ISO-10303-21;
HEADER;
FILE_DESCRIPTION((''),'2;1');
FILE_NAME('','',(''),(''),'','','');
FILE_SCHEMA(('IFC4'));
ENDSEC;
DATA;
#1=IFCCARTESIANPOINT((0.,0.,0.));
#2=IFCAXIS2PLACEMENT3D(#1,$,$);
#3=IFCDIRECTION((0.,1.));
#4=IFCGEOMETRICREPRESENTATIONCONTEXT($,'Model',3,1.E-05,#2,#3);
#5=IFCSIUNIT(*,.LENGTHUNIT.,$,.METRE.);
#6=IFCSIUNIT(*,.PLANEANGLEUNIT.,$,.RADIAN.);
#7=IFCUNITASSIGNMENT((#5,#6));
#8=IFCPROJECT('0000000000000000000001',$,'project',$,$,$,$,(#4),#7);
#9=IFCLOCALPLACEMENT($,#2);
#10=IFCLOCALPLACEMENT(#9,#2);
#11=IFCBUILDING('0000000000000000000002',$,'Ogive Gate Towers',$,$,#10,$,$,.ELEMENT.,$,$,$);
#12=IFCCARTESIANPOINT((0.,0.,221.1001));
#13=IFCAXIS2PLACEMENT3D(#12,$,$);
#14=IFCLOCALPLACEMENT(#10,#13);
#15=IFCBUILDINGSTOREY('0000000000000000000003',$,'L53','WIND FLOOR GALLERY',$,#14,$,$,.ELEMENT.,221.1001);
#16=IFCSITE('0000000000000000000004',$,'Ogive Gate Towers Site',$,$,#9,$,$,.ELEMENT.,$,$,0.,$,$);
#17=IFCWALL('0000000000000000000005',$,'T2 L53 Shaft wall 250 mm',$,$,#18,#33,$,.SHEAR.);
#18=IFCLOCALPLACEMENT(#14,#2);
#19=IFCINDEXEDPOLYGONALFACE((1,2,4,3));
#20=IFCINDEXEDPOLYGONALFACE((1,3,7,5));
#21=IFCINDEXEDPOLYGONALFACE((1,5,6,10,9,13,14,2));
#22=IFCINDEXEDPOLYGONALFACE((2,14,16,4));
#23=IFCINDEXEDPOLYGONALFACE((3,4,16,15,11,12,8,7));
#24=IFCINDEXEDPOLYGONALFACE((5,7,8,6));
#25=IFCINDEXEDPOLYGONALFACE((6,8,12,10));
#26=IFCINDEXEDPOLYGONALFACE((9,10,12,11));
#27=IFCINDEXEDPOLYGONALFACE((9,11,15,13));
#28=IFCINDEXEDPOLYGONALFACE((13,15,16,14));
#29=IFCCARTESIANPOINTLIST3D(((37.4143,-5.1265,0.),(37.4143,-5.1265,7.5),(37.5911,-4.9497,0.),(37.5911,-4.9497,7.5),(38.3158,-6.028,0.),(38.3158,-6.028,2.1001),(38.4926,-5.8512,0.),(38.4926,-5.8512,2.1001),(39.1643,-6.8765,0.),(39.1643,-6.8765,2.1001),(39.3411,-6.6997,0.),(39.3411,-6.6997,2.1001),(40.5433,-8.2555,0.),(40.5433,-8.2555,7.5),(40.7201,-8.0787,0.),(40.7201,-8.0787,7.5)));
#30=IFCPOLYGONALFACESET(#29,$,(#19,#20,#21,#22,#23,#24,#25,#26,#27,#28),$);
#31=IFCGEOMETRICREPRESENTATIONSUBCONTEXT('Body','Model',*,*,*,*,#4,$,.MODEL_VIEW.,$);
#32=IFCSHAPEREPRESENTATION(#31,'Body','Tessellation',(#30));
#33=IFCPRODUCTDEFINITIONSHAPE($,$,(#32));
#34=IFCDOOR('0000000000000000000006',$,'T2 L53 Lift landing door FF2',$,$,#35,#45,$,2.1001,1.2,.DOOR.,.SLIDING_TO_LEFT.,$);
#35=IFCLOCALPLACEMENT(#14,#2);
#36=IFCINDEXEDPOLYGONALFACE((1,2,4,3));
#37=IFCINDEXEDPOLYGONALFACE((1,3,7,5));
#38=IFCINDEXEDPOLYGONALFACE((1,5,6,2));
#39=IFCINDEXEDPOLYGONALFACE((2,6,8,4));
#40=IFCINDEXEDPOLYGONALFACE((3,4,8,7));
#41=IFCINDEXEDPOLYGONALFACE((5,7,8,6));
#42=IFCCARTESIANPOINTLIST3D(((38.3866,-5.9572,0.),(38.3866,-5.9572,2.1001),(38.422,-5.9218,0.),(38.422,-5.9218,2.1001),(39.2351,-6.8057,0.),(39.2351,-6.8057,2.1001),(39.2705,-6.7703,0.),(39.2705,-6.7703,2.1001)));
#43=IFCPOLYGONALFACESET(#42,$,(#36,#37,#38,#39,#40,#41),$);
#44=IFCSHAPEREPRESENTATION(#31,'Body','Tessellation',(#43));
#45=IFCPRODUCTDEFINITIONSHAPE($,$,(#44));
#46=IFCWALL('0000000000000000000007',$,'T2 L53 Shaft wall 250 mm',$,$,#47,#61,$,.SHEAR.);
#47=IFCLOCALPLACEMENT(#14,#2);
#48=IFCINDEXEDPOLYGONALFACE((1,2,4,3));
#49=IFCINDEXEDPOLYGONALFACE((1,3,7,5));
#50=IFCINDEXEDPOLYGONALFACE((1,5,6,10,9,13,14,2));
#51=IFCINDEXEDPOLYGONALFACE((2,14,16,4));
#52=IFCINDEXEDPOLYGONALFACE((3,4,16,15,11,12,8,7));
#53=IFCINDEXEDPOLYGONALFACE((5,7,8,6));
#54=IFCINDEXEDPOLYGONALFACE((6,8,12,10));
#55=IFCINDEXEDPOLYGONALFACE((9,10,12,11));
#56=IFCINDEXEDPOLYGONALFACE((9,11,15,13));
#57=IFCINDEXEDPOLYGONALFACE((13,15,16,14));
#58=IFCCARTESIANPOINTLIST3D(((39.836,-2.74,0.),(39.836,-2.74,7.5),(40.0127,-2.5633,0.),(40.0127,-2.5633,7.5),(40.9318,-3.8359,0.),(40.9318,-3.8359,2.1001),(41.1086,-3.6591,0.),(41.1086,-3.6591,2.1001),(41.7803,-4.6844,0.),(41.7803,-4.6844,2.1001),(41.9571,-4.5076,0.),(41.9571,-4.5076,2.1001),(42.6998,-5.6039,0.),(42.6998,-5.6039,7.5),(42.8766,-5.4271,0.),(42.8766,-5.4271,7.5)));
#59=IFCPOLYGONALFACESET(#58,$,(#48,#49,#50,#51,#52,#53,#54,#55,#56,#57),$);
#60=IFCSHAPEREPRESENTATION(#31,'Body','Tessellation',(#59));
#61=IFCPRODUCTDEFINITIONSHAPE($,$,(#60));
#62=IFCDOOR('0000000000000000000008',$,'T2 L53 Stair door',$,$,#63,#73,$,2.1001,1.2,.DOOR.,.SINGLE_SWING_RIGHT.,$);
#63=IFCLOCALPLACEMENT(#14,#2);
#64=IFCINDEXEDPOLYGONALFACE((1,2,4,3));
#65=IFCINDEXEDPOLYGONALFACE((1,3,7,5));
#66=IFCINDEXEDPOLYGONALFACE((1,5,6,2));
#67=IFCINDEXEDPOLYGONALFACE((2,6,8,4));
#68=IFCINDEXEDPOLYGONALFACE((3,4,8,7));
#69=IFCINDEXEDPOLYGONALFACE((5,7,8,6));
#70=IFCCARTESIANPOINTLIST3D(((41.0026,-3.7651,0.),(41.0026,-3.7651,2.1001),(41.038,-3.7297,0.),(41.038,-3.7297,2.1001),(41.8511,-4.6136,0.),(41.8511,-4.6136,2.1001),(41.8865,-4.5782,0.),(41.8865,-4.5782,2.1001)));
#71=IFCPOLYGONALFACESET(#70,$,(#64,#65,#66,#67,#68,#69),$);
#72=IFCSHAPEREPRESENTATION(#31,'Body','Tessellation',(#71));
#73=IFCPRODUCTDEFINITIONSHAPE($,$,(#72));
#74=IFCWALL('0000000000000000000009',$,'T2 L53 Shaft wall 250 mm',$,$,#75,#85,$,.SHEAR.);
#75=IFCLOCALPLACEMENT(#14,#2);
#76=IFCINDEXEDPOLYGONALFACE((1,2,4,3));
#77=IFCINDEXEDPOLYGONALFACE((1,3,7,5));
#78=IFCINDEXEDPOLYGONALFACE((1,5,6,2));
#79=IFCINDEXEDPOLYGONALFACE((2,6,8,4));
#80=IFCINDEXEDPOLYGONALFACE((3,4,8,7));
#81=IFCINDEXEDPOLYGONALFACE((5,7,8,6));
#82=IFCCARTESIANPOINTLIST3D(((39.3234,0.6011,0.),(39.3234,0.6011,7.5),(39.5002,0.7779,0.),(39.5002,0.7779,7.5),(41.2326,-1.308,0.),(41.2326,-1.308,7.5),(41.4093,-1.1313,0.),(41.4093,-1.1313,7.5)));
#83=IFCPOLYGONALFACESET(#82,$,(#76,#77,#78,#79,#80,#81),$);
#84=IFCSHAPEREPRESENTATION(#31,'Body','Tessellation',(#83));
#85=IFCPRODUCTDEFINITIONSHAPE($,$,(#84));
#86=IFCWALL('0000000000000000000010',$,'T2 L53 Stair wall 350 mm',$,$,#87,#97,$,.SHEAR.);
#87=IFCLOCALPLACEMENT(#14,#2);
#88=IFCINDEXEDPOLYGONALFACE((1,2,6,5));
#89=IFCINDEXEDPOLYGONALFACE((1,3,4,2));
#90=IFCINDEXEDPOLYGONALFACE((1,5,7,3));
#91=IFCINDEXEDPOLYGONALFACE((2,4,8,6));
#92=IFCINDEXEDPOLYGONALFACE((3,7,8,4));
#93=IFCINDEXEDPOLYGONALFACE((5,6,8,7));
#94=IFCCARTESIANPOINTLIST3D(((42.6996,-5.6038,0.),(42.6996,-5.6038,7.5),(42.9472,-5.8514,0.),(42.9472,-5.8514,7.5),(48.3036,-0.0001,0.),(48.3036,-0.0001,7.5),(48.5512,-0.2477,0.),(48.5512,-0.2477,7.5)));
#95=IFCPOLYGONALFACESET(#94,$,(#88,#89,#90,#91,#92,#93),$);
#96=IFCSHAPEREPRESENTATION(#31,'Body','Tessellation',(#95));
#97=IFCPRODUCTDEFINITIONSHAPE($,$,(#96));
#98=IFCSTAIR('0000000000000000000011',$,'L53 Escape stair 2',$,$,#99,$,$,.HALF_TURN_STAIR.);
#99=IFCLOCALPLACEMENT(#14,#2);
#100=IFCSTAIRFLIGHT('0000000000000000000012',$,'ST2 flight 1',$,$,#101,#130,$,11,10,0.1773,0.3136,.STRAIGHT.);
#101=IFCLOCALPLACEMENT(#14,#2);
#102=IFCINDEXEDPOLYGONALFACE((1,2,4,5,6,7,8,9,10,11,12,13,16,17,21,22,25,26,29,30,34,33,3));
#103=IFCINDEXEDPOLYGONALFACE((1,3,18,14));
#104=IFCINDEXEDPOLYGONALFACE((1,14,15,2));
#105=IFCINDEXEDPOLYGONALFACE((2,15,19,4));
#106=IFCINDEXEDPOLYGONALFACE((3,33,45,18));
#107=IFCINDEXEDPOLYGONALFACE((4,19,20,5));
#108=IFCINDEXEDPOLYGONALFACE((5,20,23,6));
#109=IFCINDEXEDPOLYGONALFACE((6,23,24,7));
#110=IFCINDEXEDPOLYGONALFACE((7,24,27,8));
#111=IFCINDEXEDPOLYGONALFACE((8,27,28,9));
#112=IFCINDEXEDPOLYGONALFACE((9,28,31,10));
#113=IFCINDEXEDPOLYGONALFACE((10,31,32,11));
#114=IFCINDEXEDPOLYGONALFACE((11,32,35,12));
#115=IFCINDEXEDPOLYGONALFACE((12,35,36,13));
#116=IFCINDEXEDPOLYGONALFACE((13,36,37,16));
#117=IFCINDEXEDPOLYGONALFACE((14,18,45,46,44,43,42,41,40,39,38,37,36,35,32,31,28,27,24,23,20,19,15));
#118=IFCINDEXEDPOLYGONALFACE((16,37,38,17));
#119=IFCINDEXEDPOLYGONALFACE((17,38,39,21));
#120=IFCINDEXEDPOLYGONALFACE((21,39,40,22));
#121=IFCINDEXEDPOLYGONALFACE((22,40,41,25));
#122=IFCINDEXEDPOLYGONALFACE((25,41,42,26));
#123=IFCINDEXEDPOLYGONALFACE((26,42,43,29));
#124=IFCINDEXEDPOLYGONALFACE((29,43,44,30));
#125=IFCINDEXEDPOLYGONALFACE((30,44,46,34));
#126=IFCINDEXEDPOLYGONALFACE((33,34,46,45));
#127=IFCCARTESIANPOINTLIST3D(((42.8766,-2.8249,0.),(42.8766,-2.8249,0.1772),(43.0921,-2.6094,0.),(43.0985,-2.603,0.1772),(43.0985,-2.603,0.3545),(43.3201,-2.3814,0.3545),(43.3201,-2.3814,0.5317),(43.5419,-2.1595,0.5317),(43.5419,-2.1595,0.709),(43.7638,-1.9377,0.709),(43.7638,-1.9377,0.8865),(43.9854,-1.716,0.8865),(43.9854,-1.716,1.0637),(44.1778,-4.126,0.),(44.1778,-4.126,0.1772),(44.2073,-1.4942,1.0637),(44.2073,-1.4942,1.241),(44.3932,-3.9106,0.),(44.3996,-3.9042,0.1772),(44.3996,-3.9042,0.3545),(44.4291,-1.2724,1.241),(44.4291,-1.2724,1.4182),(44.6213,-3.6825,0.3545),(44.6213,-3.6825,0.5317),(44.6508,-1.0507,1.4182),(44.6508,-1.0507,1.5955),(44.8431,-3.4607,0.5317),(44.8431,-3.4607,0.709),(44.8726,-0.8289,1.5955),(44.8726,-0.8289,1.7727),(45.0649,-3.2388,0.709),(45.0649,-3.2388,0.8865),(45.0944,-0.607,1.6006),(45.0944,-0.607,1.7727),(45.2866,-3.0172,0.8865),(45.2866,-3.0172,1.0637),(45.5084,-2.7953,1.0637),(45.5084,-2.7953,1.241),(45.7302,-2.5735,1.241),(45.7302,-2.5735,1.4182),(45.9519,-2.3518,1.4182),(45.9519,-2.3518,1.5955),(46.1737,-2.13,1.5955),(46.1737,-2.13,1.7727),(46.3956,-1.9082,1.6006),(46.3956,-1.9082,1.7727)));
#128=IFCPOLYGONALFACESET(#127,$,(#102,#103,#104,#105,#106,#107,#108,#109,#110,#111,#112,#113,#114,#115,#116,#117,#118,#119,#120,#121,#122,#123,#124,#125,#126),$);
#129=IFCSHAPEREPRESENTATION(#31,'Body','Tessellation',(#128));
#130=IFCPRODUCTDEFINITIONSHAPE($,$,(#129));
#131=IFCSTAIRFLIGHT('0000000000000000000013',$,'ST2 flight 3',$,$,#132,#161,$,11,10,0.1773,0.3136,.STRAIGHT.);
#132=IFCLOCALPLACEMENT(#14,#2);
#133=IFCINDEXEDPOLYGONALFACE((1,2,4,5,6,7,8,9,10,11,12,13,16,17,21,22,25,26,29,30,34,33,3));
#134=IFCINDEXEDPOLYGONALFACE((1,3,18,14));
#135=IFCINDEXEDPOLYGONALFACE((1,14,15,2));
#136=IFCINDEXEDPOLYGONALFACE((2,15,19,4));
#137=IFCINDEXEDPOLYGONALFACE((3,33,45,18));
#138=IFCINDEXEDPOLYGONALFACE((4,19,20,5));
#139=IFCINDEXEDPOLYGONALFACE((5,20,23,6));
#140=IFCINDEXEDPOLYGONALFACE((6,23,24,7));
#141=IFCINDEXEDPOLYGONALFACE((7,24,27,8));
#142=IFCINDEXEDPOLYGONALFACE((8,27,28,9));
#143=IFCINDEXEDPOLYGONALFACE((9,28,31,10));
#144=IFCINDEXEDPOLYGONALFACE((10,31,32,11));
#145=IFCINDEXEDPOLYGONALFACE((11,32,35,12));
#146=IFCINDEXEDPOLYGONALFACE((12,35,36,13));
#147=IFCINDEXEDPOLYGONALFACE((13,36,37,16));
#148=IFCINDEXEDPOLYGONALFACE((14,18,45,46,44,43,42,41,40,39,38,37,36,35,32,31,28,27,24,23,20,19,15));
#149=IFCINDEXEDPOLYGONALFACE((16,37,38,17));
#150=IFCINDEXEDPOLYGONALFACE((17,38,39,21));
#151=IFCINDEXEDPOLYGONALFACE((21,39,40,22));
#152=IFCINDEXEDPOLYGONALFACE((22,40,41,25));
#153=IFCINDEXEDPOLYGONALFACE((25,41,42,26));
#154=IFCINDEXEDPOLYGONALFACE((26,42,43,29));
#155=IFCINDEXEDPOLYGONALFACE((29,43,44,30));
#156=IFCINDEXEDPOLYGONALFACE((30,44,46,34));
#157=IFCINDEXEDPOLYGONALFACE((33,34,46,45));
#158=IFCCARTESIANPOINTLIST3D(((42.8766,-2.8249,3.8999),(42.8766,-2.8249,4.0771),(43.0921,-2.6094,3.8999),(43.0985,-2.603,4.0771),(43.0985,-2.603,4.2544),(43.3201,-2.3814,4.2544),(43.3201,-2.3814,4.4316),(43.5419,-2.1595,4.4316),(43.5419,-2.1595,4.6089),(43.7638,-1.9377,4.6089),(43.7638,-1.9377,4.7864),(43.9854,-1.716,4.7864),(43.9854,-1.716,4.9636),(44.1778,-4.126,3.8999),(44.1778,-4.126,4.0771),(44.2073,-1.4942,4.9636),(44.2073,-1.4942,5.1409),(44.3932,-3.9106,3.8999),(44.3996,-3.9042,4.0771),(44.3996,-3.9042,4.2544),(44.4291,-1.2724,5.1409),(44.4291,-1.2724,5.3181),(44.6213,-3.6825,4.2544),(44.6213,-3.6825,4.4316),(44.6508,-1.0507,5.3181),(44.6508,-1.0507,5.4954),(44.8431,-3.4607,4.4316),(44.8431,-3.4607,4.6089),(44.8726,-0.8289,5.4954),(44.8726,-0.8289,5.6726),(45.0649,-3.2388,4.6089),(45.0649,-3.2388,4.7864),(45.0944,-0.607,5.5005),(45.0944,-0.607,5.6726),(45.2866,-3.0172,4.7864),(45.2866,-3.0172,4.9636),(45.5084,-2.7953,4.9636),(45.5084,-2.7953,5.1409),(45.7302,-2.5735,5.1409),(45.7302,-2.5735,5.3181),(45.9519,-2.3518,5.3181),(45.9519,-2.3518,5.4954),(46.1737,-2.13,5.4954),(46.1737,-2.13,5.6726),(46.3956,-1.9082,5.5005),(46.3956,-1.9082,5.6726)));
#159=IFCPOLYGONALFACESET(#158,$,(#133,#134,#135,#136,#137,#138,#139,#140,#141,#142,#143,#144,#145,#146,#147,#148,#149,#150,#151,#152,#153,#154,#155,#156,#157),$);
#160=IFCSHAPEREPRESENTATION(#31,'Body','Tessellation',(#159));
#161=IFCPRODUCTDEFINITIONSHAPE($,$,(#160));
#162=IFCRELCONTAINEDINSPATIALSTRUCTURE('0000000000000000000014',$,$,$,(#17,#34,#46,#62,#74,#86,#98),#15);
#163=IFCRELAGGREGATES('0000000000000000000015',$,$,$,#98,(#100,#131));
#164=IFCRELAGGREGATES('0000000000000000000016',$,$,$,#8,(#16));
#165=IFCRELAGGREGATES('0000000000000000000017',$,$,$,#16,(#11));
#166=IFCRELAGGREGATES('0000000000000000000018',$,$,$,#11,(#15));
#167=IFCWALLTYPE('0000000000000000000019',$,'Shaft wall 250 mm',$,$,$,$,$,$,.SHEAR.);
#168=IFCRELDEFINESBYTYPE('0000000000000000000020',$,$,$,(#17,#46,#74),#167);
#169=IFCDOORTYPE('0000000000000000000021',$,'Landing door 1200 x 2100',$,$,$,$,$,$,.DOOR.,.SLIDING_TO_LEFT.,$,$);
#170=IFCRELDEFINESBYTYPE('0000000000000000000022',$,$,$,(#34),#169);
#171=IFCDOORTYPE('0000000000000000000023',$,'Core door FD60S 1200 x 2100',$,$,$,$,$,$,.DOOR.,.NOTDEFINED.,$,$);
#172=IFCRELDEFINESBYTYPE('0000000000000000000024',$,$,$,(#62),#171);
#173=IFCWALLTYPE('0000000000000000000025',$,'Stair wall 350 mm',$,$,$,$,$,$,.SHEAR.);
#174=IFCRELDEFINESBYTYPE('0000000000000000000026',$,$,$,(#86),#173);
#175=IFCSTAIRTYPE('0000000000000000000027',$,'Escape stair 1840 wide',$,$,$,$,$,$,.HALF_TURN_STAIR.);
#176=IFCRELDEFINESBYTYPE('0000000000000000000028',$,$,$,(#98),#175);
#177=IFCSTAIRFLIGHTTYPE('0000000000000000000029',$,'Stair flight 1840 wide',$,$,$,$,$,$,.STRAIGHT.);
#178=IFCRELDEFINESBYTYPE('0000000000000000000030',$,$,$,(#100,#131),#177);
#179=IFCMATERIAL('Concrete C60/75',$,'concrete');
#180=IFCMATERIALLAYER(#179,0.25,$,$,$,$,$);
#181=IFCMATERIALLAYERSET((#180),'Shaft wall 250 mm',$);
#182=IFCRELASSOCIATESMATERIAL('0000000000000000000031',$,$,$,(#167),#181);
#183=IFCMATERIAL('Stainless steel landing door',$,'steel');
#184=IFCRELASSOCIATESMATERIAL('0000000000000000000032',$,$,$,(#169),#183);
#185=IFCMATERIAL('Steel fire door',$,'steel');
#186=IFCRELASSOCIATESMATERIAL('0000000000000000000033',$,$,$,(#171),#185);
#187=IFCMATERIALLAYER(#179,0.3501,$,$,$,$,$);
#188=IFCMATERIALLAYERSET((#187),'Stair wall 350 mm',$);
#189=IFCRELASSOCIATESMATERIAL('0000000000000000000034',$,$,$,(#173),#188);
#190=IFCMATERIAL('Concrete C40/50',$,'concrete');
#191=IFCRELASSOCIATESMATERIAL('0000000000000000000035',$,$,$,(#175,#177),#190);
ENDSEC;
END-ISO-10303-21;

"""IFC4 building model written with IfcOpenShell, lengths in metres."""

from ifc_helpers import new_model, si_unit, direction, frame, frame_2d, origin, place, context, subcontext, project, spatial, polyline, rectangle, outline, extrude, material, layer, layer_set, type_object, element, fill, aggregate, save


model = new_model("IFC4")

# Units and contexts
model_context = context("Model", 3, precision=1e-05, world=origin(), true_north=direction((0.0, 1.0)))
body_context = subcontext(model_context, "Body", "Model", "MODEL_VIEW")
ifc_project = project(units=[si_unit("LENGTHUNIT", "METRE"), si_unit("PLANEANGLEUNIT", "RADIAN")], contexts=[model_context])

# Site, building, storey
site_placement = place(None, origin())
site = spatial("IfcSite", under=ifc_project, at=site_placement, Name="Ogive Gate Towers Site", CompositionType="ELEMENT", RefElevation=0.0)
building_placement = place(site_placement, origin())
building = spatial("IfcBuilding", under=site, at=building_placement, Name="Ogive Gate Towers", CompositionType="ELEMENT")
storey_placement = place(building_placement, frame((0.0, 0.0, 221.1001)))
storey = spatial("IfcBuildingStorey", under=building, at=storey_placement, Name="L53", Description="WIND FLOOR GALLERY", CompositionType="ELEMENT", Elevation=221.1001)

# Shared definitions
ifc_material_1 = material(Name="Concrete C40/50", Category="concrete")

# Shared definitions
ifc_material_2 = material(Name="Concrete C60/75", Category="concrete")
ifc_layer_1 = layer(ifc_material_2, 0.25)
ifc_layer_set_1 = layer_set([ifc_layer_1], Name="Shaft wall 250 mm")
wall_type_1 = type_object("IfcWallType", Name="Shaft wall 250 mm", PredefinedType="SHEAR", material=ifc_layer_set_1)

# Walls, openings, doors
wall_1_placement = place(storey_placement, frame((40.6316, -8.167, 0.0), z_axis=(0.0, 0.0, 1.0), x_axis=(-0.707107, 0.707107, 0.0)))
wall_1 = element("IfcWall", 1, at=wall_1_placement, inside=storey, type_object=wall_type_1, Name="T2 L53 Shaft wall 250 mm", PredefinedType="SHEAR", context=body_context, shape_type="SweptSolid", body=[
    extrude(rectangle(XDim=4.425, YDim=0.25, at=frame_2d((2.2124, 0.0))), origin(), (0.0, 0.0, 1.0), 7.5),
])
opening_1_placement = place(wall_1_placement, frame((1.95, 0.0, 0.0)))
opening_1 = element("IfcOpeningElement", 2, at=opening_1_placement, cuts=wall_1, PredefinedType="OPENING", context=body_context, shape_type="SweptSolid", body=[
    extrude(rectangle(XDim=1.2, YDim=2.1001, at=frame_2d((0.6001, 1.05))), frame((0.0, 0.135, 0.0), z_axis=(0.0, -1.0, 0.0), x_axis=(1.0, 0.0, 0.0)), (0.0, 0.0, 1.0), 0.27),
])
ifc_material_3 = material(Name="Stainless steel landing door", Category="steel")
door_type_1 = type_object("IfcDoorType", Name="Landing door 1200 x 2100", OperationType="SLIDING_TO_LEFT", PredefinedType="DOOR", material=ifc_material_3)
door_1_placement = place(opening_1_placement, origin())
door_1 = element("IfcDoor", 3, at=door_1_placement, inside=storey, type_object=door_type_1, Name="T2 L53 Lift landing door FF2", OperationType="SLIDING_TO_LEFT", OverallHeight=2.1001, OverallWidth=1.2, PredefinedType="DOOR", context=body_context, shape_type="SweptSolid", body=[
    extrude(rectangle(XDim=1.2, YDim=2.1001, at=frame_2d((0.6001, 1.05))), frame((0.0, 0.0249, 0.0), z_axis=(0.0, -1.0, 0.0), x_axis=(1.0, 0.0, 0.0)), (0.0, 0.0, 1.0), 0.05),
])
fill(opening_1, door_1)
wall_2_placement = place(storey_placement, frame((42.7881, -5.5154, 0.0), z_axis=(0.0, 0.0, 1.0), x_axis=(-0.707107, 0.707107, 0.0)))
wall_2 = element("IfcWall", 4, at=wall_2_placement, inside=storey, type_object=wall_type_1, Name="T2 L53 Shaft wall 250 mm", PredefinedType="SHEAR", context=body_context, shape_type="SweptSolid", body=[
    extrude(rectangle(XDim=4.05, YDim=0.25, at=frame_2d((2.0249, 0.0))), origin(), (0.0, 0.0, 1.0), 7.5),
])
opening_2_placement = place(wall_2_placement, frame((1.3, 0.0, 0.0)))
opening_2 = element("IfcOpeningElement", 5, at=opening_2_placement, cuts=wall_2, PredefinedType="OPENING", context=body_context, shape_type="SweptSolid", body=[
    extrude(rectangle(XDim=1.2, YDim=2.1001, at=frame_2d((0.6001, 1.05))), frame((0.0, 0.135, 0.0), z_axis=(0.0, -1.0, 0.0), x_axis=(1.0, 0.0, 0.0)), (0.0, 0.0, 1.0), 0.27),
])
ifc_material_4 = material(Name="Steel fire door", Category="steel")
door_type_2 = type_object("IfcDoorType", Name="Core door FD60S 1200 x 2100", OperationType="NOTDEFINED", PredefinedType="DOOR", material=ifc_material_4)
door_2_placement = place(opening_2_placement, origin())
door_2 = element("IfcDoor", 6, at=door_2_placement, inside=storey, type_object=door_type_2, Name="T2 L53 Stair door", OperationType="SINGLE_SWING_RIGHT", OverallHeight=2.1001, OverallWidth=1.2, PredefinedType="DOOR", context=body_context, shape_type="SweptSolid", body=[
    extrude(rectangle(XDim=1.2, YDim=2.1001, at=frame_2d((0.6001, 1.05))), frame((0.0, 0.0249, 0.0), z_axis=(0.0, -1.0, 0.0), x_axis=(1.0, 0.0, 0.0)), (0.0, 0.0, 1.0), 0.05),
])
fill(opening_2, door_2)

# Walls
wall_3_placement = place(storey_placement, frame((41.321, -1.2197, 0.0), z_axis=(0.0, 0.0, 1.0), x_axis=(-0.707107, 0.707107, 0.0)))
element("IfcWall", 7, at=wall_3_placement, inside=storey, type_object=wall_type_1, Name="T2 L53 Shaft wall 250 mm", PredefinedType="SHEAR", context=body_context, shape_type="SweptSolid", body=[
    extrude(rectangle(XDim=2.7, YDim=0.25, at=frame_2d((1.3501, 0.0))), origin(), (0.0, 0.0, 1.0), 7.5),
])
ifc_layer_2 = layer(ifc_material_2, 0.3501)
ifc_layer_set_2 = layer_set([ifc_layer_2], Name="Stair wall 350 mm")
wall_type_2 = type_object("IfcWallType", Name="Stair wall 350 mm", PredefinedType="SHEAR", material=ifc_layer_set_2)
wall_4_placement = place(storey_placement, frame((42.8235, -5.7275, 0.0), z_axis=(0.0, 0.0, 1.0), x_axis=(0.707122, 0.707091, 0.0)))
element("IfcWall", 8, at=wall_4_placement, inside=storey, type_object=wall_type_2, Name="T2 L53 Stair wall 350 mm", PredefinedType="SHEAR", context=body_context, shape_type="SweptSolid", body=[
    extrude(rectangle(XDim=7.925, YDim=0.3501, at=frame_2d((3.9624, 0.0))), origin(), (0.0, 0.0, 1.0), 7.5),
])

# Stair, stair flights
stair_type = type_object("IfcStairType", Name="Escape stair 1840 wide", PredefinedType="HALF_TURN_STAIR", material=ifc_material_1)
stair_placement = place(storey_placement, origin())
stair = element("IfcStair", 9, at=stair_placement, inside=storey, type_object=stair_type, Name="L53 Escape stair 2", PredefinedType="HALF_TURN_STAIR")
stair_flight_type = type_object("IfcStairFlightType", Name="Stair flight 1840 wide", PredefinedType="STRAIGHT", material=ifc_material_1)
stair_flight_1_placement = place(storey_placement, frame((43.5271, -3.4753, 0.0), z_axis=(0.0, 0.0, 1.0), x_axis=(0.707107, 0.707107, 0.0)))
stair_flight_1 = element("IfcStairFlight", 10, at=stair_flight_1_placement, type_object=stair_flight_type, Name="ST2 flight 1", NumberOfRisers=11, NumberOfTreads=10, PredefinedType="STRAIGHT", RiserHeight=0.1773, TreadLength=0.3136, context=body_context, shape_type="SweptSolid", body=[
    extrude(outline(polyline([(0.0, 0.0), (0.0, 0.1772), (0.3137, 0.1772), (0.3137, 0.3545), (0.6272, 0.3545), (0.6272, 0.5317), (0.9409, 0.5317), (0.9409, 0.709), (1.2546, 0.709), (1.2546, 0.8865), (1.5681, 0.8865), (1.5681, 1.0637), (1.8818, 1.0637), (1.8818, 1.241), (2.1956, 1.241), (2.1956, 1.4182), (2.509, 1.4182), (2.509, 1.5955), (2.8228, 1.5955), (2.8228, 1.7727), (3.1365, 1.7727), (3.1365, 1.95), (3.1365, 1.6006), (0.3047, 0.0), (0.0, 0.0)])), frame((0.0, 0.9199, 0.0), z_axis=(0.0, -1.0, 0.0), x_axis=(1.0, 0.0, 0.0)), (0.0, 0.0, 1.0), 1.8401),
])
stair_flight_2_placement = place(storey_placement, frame((43.5271, -3.4753, 3.8999), z_axis=(0.0, 0.0, 1.0), x_axis=(0.707107, 0.707107, 0.0)))
stair_flight_2 = element("IfcStairFlight", 11, at=stair_flight_2_placement, type_object=stair_flight_type, Name="ST2 flight 3", NumberOfRisers=11, NumberOfTreads=10, PredefinedType="STRAIGHT", RiserHeight=0.1773, TreadLength=0.3136, context=body_context, shape_type="SweptSolid", body=[
    extrude(outline(polyline([(0.0, 0.0), (0.0, 0.1772), (0.3137, 0.1772), (0.3137, 0.3545), (0.6272, 0.3545), (0.6272, 0.5317), (0.9409, 0.5317), (0.9409, 0.709), (1.2546, 0.709), (1.2546, 0.8865), (1.5681, 0.8865), (1.5681, 1.0637), (1.8818, 1.0637), (1.8818, 1.241), (2.1956, 1.241), (2.1956, 1.4182), (2.509, 1.4182), (2.509, 1.5955), (2.8228, 1.5955), (2.8228, 1.7727), (3.1365, 1.7727), (3.1365, 1.95), (3.1365, 1.6006), (0.3047, 0.0), (0.0, 0.0)])), frame((0.0, 0.9199, 0.0), z_axis=(0.0, -1.0, 0.0), x_axis=(1.0, 0.0, 0.0)), (0.0, 0.0, 1.0), 1.8401),
])
aggregate(stair, [stair_flight_1, stair_flight_2])

save(model, "model.ifc")
